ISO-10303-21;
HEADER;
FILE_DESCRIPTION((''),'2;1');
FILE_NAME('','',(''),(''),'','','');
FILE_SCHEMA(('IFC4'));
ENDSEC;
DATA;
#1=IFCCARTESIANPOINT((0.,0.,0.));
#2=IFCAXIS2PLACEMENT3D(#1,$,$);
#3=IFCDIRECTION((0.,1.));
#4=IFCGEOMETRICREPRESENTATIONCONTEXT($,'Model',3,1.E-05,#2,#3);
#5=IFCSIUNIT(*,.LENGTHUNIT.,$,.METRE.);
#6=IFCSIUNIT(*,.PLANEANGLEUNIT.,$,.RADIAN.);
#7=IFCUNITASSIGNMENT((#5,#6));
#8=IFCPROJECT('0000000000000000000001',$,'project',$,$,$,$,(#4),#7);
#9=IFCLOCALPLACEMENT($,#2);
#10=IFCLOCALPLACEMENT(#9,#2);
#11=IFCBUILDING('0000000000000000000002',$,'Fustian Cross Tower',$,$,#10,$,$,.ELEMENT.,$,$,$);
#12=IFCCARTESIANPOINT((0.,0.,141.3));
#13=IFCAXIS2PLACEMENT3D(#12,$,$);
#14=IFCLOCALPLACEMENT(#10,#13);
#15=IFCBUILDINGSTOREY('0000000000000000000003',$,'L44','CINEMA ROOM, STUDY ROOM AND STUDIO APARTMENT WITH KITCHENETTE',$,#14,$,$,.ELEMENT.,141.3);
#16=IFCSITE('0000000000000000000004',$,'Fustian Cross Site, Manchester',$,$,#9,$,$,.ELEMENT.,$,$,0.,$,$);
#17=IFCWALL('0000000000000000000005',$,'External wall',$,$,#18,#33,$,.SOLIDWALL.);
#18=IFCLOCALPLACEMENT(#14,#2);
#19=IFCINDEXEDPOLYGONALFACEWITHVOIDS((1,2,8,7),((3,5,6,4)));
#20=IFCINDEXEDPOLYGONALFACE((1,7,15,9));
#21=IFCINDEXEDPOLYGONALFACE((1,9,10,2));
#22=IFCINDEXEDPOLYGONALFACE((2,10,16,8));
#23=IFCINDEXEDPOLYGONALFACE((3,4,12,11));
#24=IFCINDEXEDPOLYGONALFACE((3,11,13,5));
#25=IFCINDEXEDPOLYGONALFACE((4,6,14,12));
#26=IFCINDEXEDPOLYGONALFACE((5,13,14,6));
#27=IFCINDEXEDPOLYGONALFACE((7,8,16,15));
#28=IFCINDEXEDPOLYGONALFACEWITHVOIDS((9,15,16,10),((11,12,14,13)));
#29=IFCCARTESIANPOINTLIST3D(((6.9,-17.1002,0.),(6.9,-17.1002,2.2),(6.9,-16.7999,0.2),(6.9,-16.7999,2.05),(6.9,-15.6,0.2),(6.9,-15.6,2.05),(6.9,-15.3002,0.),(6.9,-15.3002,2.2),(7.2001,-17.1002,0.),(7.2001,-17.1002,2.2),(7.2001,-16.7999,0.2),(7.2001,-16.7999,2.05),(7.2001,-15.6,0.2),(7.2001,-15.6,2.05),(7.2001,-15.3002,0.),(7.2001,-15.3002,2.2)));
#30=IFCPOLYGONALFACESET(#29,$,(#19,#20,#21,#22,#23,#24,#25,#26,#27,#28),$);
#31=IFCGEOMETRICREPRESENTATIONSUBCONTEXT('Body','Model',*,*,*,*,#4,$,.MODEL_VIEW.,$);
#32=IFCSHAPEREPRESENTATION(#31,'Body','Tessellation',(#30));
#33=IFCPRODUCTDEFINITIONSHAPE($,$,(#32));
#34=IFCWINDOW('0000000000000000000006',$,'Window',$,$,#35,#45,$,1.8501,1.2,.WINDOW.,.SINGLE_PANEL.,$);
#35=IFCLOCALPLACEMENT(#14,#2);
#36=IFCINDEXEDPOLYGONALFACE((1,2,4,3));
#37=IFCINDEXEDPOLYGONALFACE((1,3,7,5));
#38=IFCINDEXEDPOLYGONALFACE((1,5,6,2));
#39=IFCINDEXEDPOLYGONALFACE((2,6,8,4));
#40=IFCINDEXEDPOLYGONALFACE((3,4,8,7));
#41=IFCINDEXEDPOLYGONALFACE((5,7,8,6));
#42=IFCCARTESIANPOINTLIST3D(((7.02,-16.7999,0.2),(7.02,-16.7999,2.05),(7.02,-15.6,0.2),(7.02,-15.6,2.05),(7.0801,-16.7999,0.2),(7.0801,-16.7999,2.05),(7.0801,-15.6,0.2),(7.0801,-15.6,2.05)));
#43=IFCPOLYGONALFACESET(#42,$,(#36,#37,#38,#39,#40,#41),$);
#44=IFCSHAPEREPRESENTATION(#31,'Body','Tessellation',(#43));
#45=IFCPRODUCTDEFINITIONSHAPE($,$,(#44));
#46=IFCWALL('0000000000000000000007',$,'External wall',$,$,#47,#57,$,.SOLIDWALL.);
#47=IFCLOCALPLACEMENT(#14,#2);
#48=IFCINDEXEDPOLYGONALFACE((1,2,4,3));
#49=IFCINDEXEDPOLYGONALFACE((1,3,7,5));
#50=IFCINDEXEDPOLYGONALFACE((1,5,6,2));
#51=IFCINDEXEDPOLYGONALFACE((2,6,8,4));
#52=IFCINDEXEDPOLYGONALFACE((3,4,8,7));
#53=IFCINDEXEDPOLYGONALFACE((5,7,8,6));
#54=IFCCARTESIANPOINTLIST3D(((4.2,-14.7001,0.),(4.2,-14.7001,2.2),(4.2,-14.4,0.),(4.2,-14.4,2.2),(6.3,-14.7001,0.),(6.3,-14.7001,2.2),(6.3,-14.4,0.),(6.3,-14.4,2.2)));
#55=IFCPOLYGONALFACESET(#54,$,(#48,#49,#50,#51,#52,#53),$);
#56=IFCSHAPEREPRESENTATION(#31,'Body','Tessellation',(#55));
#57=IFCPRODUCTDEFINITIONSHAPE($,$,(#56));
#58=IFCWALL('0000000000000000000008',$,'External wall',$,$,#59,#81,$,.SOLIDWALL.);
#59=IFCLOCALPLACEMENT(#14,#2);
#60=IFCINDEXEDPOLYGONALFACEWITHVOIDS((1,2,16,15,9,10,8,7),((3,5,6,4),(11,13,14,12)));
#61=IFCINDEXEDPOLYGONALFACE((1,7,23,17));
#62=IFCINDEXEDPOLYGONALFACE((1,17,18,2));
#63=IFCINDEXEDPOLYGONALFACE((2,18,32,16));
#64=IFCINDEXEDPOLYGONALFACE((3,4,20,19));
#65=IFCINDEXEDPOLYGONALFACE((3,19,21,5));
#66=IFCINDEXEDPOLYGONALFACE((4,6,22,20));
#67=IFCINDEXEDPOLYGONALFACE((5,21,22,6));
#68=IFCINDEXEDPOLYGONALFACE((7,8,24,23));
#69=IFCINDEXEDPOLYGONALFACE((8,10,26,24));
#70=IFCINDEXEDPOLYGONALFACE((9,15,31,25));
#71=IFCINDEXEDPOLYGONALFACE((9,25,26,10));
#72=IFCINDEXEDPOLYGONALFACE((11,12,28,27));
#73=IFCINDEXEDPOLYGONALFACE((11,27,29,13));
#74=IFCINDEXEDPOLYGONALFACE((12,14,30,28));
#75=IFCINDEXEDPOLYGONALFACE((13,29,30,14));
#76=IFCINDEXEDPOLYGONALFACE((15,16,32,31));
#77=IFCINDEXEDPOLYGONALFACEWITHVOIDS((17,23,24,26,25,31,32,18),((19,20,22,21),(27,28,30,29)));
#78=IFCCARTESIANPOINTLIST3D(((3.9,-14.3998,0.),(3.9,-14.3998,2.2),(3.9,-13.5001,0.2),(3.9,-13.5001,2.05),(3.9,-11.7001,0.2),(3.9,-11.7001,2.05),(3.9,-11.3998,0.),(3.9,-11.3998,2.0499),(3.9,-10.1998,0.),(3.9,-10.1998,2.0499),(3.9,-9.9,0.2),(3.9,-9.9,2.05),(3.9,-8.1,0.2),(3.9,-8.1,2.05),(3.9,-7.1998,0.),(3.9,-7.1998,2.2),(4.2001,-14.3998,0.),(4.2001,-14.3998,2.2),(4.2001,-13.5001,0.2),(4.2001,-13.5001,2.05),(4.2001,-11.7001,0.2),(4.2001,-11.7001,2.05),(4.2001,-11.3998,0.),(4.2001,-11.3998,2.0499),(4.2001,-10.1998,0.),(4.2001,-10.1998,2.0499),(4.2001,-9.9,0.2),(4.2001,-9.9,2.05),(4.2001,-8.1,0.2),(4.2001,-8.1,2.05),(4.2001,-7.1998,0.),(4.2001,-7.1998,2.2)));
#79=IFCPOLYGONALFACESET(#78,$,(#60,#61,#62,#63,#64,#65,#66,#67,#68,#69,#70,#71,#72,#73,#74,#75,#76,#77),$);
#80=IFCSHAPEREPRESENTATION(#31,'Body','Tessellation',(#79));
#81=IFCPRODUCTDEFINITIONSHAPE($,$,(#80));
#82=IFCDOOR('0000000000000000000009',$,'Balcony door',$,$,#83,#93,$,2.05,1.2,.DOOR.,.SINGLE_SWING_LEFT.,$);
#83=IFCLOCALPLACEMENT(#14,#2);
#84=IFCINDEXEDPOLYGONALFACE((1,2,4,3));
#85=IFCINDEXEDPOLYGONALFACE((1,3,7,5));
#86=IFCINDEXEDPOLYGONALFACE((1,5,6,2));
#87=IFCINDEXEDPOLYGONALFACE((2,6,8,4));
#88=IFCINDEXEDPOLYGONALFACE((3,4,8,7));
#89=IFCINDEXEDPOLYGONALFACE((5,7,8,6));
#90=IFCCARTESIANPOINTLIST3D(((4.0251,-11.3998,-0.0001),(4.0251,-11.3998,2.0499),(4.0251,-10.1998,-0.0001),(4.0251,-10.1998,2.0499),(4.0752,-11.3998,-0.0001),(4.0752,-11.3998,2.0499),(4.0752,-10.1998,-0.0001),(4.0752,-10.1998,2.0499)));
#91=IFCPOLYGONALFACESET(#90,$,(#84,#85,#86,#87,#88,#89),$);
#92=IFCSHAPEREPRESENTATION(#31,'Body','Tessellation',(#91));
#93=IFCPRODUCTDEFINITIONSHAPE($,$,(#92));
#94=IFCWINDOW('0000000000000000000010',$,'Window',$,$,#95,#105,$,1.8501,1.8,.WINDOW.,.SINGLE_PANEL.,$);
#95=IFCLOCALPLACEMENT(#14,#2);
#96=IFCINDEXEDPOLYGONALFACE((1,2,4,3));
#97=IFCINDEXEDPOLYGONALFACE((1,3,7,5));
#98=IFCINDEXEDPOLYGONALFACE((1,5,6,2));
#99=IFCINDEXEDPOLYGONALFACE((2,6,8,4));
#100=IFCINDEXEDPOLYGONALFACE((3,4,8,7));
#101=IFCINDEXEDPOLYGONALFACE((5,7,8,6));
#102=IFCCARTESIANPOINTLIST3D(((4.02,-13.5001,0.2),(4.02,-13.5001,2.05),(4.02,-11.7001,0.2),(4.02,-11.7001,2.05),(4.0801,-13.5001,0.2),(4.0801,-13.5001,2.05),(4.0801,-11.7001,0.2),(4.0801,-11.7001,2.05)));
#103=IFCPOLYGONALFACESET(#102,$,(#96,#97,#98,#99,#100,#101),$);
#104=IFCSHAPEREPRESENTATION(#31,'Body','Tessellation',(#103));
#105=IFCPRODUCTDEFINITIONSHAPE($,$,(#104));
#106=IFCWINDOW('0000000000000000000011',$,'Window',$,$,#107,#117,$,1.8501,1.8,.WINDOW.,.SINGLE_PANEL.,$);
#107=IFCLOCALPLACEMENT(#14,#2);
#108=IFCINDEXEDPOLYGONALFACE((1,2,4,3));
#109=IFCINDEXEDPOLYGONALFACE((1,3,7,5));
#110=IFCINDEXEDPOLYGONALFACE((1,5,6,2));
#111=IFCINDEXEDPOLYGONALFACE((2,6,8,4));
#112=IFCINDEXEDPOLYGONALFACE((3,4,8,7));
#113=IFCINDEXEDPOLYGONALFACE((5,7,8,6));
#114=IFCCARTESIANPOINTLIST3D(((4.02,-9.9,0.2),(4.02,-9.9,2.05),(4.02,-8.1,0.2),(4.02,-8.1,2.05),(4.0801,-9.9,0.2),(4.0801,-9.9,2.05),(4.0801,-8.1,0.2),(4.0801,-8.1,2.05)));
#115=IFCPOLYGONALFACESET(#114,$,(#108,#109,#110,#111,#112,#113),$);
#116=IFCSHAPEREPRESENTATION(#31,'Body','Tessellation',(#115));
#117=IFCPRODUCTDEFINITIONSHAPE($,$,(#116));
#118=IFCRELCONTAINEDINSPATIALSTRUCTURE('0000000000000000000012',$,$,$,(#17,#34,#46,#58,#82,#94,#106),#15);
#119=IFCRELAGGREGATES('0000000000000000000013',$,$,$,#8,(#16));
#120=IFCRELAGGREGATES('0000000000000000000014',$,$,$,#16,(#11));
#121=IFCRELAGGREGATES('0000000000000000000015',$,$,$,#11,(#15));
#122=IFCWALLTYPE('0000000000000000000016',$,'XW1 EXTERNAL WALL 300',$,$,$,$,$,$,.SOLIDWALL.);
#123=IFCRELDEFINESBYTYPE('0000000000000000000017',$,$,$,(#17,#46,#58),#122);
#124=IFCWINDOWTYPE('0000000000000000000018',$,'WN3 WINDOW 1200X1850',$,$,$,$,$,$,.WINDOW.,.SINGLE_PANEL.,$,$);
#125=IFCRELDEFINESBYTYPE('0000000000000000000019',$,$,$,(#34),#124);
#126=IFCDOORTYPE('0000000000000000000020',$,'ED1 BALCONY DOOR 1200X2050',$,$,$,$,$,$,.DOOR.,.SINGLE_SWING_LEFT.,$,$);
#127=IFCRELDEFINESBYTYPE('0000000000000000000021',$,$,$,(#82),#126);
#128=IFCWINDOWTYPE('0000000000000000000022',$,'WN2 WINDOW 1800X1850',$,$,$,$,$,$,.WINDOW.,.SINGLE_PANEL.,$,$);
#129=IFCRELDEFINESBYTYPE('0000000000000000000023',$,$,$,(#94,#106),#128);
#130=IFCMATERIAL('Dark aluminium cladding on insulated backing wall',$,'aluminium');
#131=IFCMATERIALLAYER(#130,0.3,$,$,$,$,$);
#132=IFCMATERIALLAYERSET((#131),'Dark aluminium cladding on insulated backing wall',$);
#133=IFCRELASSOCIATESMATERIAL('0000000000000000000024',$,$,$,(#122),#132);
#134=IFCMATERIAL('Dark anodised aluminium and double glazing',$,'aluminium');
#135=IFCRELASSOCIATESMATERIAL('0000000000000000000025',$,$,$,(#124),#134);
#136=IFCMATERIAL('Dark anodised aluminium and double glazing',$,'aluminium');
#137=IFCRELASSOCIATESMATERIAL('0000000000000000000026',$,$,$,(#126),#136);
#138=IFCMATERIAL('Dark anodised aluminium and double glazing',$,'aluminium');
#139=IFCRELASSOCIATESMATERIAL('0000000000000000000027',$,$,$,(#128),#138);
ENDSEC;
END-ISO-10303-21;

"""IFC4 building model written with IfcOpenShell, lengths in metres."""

from ifc_helpers import new_model, si_unit, direction, frame, frame_2d, origin, place, context, subcontext, project, spatial, rectangle, extrude, material, layer, layer_set, type_object, element, fill, save


model = new_model("IFC4")

# Units and contexts
model_context = context("Model", 3, precision=1e-05, world=origin(), true_north=direction((0.0, 1.0)))
body_context = subcontext(model_context, "Body", "Model", "MODEL_VIEW")
ifc_project = project(units=[si_unit("LENGTHUNIT", "METRE"), si_unit("PLANEANGLEUNIT", "RADIAN")], contexts=[model_context])

# Site, building, storey
site_placement = place(None, origin())
site = spatial("IfcSite", under=ifc_project, at=site_placement, Name="Fustian Cross Site, Manchester", CompositionType="ELEMENT", RefElevation=0.0)
building_placement = place(site_placement, origin())
building = spatial("IfcBuilding", under=site, at=building_placement, Name="Fustian Cross Tower", CompositionType="ELEMENT")
storey_placement = place(building_placement, frame((0.0, 0.0, 141.3)))
storey = spatial("IfcBuildingStorey", under=building, at=storey_placement, Name="L44", Description="CINEMA ROOM, STUDY ROOM AND STUDIO APARTMENT WITH KITCHENETTE", CompositionType="ELEMENT", Elevation=141.3)

# Shared definitions
ifc_material_1 = material(Name="Dark aluminium cladding on insulated backing wall", Category="aluminium")
ifc_layer_1 = layer(ifc_material_1, 0.3)
ifc_layer_set_1 = layer_set([ifc_layer_1], Name="Dark aluminium cladding on insulated backing wall")
wall_type_1 = type_object("IfcWallType", Name="XW1 EXTERNAL WALL 300", PredefinedType="SOLIDWALL", material=ifc_layer_set_1)

# Shared definitions
ifc_material_2 = material(Name="Dark anodised aluminium and double glazing", Category="aluminium")
window_type_1 = type_object("IfcWindowType", Name="WN3 WINDOW 1200X1850", PartitioningType="SINGLE_PANEL", PredefinedType="WINDOW", material=ifc_material_2)

# Wall, opening, window
wall_1_placement = place(storey_placement, frame((7.05, -17.1001, 0.0), z_axis=(0.0, 0.0, 1.0), x_axis=(0.0, 1.0, 0.0)))
wall_1 = element("IfcWall", 1, at=wall_1_placement, inside=storey, type_object=wall_type_1, Name="External wall", PredefinedType="SOLIDWALL", context=body_context, shape_type="SweptSolid", body=[
    extrude(rectangle(XDim=1.8, YDim=0.3, at=frame_2d((0.8999, 0.0))), origin(), (0.0, 0.0, 1.0), 2.2),
])
opening_1_placement = place(wall_1_placement, frame((0.3, 0.0, 0.2)))
opening_1 = element("IfcOpeningElement", 2, at=opening_1_placement, cuts=wall_1, PredefinedType="OPENING", context=body_context, shape_type="SweptSolid", body=[
    extrude(rectangle(XDim=1.2, YDim=1.8501, at=frame_2d((0.6001, 0.925))), frame((0.0, 0.1599, 0.0), z_axis=(0.0, -1.0, 0.0), x_axis=(1.0, 0.0, 0.0)), (0.0, 0.0, 1.0), 0.3201),
])
window_1_placement = place(opening_1_placement, origin())
window_1 = element("IfcWindow", 3, at=window_1_placement, inside=storey, type_object=window_type_1, Name="Window", OverallHeight=1.8501, OverallWidth=1.2, PartitioningType="SINGLE_PANEL", PredefinedType="WINDOW", context=body_context, shape_type="SweptSolid", body=[
    extrude(rectangle(XDim=1.2, YDim=1.8501, at=frame_2d((0.6001, 0.925))), frame((0.0, 0.03, 0.0), z_axis=(0.0, -1.0, 0.0), x_axis=(1.0, 0.0, 0.0)), (0.0, 0.0, 1.0), 0.0601),
])
fill(opening_1, window_1)

# Wall
wall_2_placement = place(storey_placement, frame((6.3, -14.55, 0.0), z_axis=(0.0, 0.0, 1.0), x_axis=(-1.0, 0.0, 0.0)))
element("IfcWall", 4, at=wall_2_placement, inside=storey, type_object=wall_type_1, Name="External wall", PredefinedType="SOLIDWALL", context=body_context, shape_type="SweptSolid", body=[
    extrude(rectangle(XDim=2.1001, YDim=0.3, at=frame_2d((1.05, 0.0))), origin(), (0.0, 0.0, 1.0), 2.2),
])

# Wall, openings, door, windows
wall_3_placement = place(storey_placement, frame((4.05, -14.3999, 0.0), z_axis=(0.0, 0.0, 1.0), x_axis=(0.0, 1.0, 0.0)))
wall_3 = element("IfcWall", 5, at=wall_3_placement, inside=storey, type_object=wall_type_1, Name="External wall", PredefinedType="SOLIDWALL", context=body_context, shape_type="SweptSolid", body=[
    extrude(rectangle(XDim=7.2, YDim=0.3, at=frame_2d((3.6001, 0.0))), origin(), (0.0, 0.0, 1.0), 2.2),
])
opening_2_placement = place(wall_3_placement, frame((3.0, 0.0, 0.0)))
opening_2 = element("IfcOpeningElement", 6, at=opening_2_placement, cuts=wall_3, PredefinedType="OPENING", context=body_context, shape_type="SweptSolid", body=[
    extrude(rectangle(XDim=1.2, YDim=2.05, at=frame_2d((0.6001, 1.0249))), frame((0.0, 0.1599, 0.0), z_axis=(0.0, -1.0, 0.0), x_axis=(1.0, 0.0, 0.0)), (0.0, 0.0, 1.0), 0.3201),
])
opening_3_placement = place(wall_3_placement, frame((0.8999, 0.0, 0.2)))
opening_3 = element("IfcOpeningElement", 7, at=opening_3_placement, cuts=wall_3, PredefinedType="OPENING", context=body_context, shape_type="SweptSolid", body=[
    extrude(rectangle(XDim=1.8, YDim=1.8501, at=frame_2d((0.8999, 0.925))), frame((0.0, 0.1599, 0.0), z_axis=(0.0, -1.0, 0.0), x_axis=(1.0, 0.0, 0.0)), (0.0, 0.0, 1.0), 0.3201),
])
opening_4_placement = place(wall_3_placement, frame((4.5, 0.0, 0.2)))
opening_4 = element("IfcOpeningElement", 8, at=opening_4_placement, cuts=wall_3, PredefinedType="OPENING", context=body_context, shape_type="SweptSolid", body=[
    extrude(rectangle(XDim=1.8, YDim=1.8501, at=frame_2d((0.8999, 0.925))), frame((0.0, 0.1599, 0.0), z_axis=(0.0, -1.0, 0.0), x_axis=(1.0, 0.0, 0.0)), (0.0, 0.0, 1.0), 0.3201),
])
ifc_material_3 = material(Name="Dark anodised aluminium and double glazing", Category="aluminium")
door_type_1 = type_object("IfcDoorType", Name="ED1 BALCONY DOOR 1200X2050", OperationType="SINGLE_SWING_LEFT", PredefinedType="DOOR", material=ifc_material_3)
door_1_placement = place(opening_2_placement, origin())
door_1 = element("IfcDoor", 9, at=door_1_placement, inside=storey, type_object=door_type_1, Name="Balcony door", OperationType="SINGLE_SWING_LEFT", OverallHeight=2.05, OverallWidth=1.2, PredefinedType="DOOR", context=body_context, shape_type="SweptSolid", body=[
    extrude(rectangle(XDim=1.2, YDim=2.05, at=frame_2d((0.6001, 1.0249))), frame((0.0, 0.0249, 0.0), z_axis=(0.0, -1.0, 0.0), x_axis=(1.0, 0.0, 0.0)), (0.0, 0.0, 1.0), 0.05),
])
fill(opening_2, door_1)
ifc_material_4 = material(Name="Dark anodised aluminium and double glazing", Category="aluminium")
window_type_2 = type_object("IfcWindowType", Name="WN2 WINDOW 1800X1850", PartitioningType="SINGLE_PANEL", PredefinedType="WINDOW", material=ifc_material_4)
window_2_placement = place(opening_3_placement, origin())
window_2 = element("IfcWindow", 10, at=window_2_placement, inside=storey, type_object=window_type_2, Name="Window", OverallHeight=1.8501, OverallWidth=1.8, PartitioningType="SINGLE_PANEL", PredefinedType="WINDOW", context=body_context, shape_type="SweptSolid", body=[
    extrude(rectangle(XDim=1.8, YDim=1.8501, at=frame_2d((0.8999, 0.925))), frame((0.0, 0.03, 0.0), z_axis=(0.0, -1.0, 0.0), x_axis=(1.0, 0.0, 0.0)), (0.0, 0.0, 1.0), 0.0601),
])
fill(opening_3, window_2)
window_3_placement = place(opening_4_placement, origin())
window_3 = element("IfcWindow", 11, at=window_3_placement, inside=storey, type_object=window_type_2, Name="Window", OverallHeight=1.8501, OverallWidth=1.8, PartitioningType="SINGLE_PANEL", PredefinedType="WINDOW", context=body_context, shape_type="SweptSolid", body=[
    extrude(rectangle(XDim=1.8, YDim=1.8501, at=frame_2d((0.8999, 0.925))), frame((0.0, 0.03, 0.0), z_axis=(0.0, -1.0, 0.0), x_axis=(1.0, 0.0, 0.0)), (0.0, 0.0, 1.0), 0.0601),
])
fill(opening_4, window_3)

save(model, "model.ifc")
